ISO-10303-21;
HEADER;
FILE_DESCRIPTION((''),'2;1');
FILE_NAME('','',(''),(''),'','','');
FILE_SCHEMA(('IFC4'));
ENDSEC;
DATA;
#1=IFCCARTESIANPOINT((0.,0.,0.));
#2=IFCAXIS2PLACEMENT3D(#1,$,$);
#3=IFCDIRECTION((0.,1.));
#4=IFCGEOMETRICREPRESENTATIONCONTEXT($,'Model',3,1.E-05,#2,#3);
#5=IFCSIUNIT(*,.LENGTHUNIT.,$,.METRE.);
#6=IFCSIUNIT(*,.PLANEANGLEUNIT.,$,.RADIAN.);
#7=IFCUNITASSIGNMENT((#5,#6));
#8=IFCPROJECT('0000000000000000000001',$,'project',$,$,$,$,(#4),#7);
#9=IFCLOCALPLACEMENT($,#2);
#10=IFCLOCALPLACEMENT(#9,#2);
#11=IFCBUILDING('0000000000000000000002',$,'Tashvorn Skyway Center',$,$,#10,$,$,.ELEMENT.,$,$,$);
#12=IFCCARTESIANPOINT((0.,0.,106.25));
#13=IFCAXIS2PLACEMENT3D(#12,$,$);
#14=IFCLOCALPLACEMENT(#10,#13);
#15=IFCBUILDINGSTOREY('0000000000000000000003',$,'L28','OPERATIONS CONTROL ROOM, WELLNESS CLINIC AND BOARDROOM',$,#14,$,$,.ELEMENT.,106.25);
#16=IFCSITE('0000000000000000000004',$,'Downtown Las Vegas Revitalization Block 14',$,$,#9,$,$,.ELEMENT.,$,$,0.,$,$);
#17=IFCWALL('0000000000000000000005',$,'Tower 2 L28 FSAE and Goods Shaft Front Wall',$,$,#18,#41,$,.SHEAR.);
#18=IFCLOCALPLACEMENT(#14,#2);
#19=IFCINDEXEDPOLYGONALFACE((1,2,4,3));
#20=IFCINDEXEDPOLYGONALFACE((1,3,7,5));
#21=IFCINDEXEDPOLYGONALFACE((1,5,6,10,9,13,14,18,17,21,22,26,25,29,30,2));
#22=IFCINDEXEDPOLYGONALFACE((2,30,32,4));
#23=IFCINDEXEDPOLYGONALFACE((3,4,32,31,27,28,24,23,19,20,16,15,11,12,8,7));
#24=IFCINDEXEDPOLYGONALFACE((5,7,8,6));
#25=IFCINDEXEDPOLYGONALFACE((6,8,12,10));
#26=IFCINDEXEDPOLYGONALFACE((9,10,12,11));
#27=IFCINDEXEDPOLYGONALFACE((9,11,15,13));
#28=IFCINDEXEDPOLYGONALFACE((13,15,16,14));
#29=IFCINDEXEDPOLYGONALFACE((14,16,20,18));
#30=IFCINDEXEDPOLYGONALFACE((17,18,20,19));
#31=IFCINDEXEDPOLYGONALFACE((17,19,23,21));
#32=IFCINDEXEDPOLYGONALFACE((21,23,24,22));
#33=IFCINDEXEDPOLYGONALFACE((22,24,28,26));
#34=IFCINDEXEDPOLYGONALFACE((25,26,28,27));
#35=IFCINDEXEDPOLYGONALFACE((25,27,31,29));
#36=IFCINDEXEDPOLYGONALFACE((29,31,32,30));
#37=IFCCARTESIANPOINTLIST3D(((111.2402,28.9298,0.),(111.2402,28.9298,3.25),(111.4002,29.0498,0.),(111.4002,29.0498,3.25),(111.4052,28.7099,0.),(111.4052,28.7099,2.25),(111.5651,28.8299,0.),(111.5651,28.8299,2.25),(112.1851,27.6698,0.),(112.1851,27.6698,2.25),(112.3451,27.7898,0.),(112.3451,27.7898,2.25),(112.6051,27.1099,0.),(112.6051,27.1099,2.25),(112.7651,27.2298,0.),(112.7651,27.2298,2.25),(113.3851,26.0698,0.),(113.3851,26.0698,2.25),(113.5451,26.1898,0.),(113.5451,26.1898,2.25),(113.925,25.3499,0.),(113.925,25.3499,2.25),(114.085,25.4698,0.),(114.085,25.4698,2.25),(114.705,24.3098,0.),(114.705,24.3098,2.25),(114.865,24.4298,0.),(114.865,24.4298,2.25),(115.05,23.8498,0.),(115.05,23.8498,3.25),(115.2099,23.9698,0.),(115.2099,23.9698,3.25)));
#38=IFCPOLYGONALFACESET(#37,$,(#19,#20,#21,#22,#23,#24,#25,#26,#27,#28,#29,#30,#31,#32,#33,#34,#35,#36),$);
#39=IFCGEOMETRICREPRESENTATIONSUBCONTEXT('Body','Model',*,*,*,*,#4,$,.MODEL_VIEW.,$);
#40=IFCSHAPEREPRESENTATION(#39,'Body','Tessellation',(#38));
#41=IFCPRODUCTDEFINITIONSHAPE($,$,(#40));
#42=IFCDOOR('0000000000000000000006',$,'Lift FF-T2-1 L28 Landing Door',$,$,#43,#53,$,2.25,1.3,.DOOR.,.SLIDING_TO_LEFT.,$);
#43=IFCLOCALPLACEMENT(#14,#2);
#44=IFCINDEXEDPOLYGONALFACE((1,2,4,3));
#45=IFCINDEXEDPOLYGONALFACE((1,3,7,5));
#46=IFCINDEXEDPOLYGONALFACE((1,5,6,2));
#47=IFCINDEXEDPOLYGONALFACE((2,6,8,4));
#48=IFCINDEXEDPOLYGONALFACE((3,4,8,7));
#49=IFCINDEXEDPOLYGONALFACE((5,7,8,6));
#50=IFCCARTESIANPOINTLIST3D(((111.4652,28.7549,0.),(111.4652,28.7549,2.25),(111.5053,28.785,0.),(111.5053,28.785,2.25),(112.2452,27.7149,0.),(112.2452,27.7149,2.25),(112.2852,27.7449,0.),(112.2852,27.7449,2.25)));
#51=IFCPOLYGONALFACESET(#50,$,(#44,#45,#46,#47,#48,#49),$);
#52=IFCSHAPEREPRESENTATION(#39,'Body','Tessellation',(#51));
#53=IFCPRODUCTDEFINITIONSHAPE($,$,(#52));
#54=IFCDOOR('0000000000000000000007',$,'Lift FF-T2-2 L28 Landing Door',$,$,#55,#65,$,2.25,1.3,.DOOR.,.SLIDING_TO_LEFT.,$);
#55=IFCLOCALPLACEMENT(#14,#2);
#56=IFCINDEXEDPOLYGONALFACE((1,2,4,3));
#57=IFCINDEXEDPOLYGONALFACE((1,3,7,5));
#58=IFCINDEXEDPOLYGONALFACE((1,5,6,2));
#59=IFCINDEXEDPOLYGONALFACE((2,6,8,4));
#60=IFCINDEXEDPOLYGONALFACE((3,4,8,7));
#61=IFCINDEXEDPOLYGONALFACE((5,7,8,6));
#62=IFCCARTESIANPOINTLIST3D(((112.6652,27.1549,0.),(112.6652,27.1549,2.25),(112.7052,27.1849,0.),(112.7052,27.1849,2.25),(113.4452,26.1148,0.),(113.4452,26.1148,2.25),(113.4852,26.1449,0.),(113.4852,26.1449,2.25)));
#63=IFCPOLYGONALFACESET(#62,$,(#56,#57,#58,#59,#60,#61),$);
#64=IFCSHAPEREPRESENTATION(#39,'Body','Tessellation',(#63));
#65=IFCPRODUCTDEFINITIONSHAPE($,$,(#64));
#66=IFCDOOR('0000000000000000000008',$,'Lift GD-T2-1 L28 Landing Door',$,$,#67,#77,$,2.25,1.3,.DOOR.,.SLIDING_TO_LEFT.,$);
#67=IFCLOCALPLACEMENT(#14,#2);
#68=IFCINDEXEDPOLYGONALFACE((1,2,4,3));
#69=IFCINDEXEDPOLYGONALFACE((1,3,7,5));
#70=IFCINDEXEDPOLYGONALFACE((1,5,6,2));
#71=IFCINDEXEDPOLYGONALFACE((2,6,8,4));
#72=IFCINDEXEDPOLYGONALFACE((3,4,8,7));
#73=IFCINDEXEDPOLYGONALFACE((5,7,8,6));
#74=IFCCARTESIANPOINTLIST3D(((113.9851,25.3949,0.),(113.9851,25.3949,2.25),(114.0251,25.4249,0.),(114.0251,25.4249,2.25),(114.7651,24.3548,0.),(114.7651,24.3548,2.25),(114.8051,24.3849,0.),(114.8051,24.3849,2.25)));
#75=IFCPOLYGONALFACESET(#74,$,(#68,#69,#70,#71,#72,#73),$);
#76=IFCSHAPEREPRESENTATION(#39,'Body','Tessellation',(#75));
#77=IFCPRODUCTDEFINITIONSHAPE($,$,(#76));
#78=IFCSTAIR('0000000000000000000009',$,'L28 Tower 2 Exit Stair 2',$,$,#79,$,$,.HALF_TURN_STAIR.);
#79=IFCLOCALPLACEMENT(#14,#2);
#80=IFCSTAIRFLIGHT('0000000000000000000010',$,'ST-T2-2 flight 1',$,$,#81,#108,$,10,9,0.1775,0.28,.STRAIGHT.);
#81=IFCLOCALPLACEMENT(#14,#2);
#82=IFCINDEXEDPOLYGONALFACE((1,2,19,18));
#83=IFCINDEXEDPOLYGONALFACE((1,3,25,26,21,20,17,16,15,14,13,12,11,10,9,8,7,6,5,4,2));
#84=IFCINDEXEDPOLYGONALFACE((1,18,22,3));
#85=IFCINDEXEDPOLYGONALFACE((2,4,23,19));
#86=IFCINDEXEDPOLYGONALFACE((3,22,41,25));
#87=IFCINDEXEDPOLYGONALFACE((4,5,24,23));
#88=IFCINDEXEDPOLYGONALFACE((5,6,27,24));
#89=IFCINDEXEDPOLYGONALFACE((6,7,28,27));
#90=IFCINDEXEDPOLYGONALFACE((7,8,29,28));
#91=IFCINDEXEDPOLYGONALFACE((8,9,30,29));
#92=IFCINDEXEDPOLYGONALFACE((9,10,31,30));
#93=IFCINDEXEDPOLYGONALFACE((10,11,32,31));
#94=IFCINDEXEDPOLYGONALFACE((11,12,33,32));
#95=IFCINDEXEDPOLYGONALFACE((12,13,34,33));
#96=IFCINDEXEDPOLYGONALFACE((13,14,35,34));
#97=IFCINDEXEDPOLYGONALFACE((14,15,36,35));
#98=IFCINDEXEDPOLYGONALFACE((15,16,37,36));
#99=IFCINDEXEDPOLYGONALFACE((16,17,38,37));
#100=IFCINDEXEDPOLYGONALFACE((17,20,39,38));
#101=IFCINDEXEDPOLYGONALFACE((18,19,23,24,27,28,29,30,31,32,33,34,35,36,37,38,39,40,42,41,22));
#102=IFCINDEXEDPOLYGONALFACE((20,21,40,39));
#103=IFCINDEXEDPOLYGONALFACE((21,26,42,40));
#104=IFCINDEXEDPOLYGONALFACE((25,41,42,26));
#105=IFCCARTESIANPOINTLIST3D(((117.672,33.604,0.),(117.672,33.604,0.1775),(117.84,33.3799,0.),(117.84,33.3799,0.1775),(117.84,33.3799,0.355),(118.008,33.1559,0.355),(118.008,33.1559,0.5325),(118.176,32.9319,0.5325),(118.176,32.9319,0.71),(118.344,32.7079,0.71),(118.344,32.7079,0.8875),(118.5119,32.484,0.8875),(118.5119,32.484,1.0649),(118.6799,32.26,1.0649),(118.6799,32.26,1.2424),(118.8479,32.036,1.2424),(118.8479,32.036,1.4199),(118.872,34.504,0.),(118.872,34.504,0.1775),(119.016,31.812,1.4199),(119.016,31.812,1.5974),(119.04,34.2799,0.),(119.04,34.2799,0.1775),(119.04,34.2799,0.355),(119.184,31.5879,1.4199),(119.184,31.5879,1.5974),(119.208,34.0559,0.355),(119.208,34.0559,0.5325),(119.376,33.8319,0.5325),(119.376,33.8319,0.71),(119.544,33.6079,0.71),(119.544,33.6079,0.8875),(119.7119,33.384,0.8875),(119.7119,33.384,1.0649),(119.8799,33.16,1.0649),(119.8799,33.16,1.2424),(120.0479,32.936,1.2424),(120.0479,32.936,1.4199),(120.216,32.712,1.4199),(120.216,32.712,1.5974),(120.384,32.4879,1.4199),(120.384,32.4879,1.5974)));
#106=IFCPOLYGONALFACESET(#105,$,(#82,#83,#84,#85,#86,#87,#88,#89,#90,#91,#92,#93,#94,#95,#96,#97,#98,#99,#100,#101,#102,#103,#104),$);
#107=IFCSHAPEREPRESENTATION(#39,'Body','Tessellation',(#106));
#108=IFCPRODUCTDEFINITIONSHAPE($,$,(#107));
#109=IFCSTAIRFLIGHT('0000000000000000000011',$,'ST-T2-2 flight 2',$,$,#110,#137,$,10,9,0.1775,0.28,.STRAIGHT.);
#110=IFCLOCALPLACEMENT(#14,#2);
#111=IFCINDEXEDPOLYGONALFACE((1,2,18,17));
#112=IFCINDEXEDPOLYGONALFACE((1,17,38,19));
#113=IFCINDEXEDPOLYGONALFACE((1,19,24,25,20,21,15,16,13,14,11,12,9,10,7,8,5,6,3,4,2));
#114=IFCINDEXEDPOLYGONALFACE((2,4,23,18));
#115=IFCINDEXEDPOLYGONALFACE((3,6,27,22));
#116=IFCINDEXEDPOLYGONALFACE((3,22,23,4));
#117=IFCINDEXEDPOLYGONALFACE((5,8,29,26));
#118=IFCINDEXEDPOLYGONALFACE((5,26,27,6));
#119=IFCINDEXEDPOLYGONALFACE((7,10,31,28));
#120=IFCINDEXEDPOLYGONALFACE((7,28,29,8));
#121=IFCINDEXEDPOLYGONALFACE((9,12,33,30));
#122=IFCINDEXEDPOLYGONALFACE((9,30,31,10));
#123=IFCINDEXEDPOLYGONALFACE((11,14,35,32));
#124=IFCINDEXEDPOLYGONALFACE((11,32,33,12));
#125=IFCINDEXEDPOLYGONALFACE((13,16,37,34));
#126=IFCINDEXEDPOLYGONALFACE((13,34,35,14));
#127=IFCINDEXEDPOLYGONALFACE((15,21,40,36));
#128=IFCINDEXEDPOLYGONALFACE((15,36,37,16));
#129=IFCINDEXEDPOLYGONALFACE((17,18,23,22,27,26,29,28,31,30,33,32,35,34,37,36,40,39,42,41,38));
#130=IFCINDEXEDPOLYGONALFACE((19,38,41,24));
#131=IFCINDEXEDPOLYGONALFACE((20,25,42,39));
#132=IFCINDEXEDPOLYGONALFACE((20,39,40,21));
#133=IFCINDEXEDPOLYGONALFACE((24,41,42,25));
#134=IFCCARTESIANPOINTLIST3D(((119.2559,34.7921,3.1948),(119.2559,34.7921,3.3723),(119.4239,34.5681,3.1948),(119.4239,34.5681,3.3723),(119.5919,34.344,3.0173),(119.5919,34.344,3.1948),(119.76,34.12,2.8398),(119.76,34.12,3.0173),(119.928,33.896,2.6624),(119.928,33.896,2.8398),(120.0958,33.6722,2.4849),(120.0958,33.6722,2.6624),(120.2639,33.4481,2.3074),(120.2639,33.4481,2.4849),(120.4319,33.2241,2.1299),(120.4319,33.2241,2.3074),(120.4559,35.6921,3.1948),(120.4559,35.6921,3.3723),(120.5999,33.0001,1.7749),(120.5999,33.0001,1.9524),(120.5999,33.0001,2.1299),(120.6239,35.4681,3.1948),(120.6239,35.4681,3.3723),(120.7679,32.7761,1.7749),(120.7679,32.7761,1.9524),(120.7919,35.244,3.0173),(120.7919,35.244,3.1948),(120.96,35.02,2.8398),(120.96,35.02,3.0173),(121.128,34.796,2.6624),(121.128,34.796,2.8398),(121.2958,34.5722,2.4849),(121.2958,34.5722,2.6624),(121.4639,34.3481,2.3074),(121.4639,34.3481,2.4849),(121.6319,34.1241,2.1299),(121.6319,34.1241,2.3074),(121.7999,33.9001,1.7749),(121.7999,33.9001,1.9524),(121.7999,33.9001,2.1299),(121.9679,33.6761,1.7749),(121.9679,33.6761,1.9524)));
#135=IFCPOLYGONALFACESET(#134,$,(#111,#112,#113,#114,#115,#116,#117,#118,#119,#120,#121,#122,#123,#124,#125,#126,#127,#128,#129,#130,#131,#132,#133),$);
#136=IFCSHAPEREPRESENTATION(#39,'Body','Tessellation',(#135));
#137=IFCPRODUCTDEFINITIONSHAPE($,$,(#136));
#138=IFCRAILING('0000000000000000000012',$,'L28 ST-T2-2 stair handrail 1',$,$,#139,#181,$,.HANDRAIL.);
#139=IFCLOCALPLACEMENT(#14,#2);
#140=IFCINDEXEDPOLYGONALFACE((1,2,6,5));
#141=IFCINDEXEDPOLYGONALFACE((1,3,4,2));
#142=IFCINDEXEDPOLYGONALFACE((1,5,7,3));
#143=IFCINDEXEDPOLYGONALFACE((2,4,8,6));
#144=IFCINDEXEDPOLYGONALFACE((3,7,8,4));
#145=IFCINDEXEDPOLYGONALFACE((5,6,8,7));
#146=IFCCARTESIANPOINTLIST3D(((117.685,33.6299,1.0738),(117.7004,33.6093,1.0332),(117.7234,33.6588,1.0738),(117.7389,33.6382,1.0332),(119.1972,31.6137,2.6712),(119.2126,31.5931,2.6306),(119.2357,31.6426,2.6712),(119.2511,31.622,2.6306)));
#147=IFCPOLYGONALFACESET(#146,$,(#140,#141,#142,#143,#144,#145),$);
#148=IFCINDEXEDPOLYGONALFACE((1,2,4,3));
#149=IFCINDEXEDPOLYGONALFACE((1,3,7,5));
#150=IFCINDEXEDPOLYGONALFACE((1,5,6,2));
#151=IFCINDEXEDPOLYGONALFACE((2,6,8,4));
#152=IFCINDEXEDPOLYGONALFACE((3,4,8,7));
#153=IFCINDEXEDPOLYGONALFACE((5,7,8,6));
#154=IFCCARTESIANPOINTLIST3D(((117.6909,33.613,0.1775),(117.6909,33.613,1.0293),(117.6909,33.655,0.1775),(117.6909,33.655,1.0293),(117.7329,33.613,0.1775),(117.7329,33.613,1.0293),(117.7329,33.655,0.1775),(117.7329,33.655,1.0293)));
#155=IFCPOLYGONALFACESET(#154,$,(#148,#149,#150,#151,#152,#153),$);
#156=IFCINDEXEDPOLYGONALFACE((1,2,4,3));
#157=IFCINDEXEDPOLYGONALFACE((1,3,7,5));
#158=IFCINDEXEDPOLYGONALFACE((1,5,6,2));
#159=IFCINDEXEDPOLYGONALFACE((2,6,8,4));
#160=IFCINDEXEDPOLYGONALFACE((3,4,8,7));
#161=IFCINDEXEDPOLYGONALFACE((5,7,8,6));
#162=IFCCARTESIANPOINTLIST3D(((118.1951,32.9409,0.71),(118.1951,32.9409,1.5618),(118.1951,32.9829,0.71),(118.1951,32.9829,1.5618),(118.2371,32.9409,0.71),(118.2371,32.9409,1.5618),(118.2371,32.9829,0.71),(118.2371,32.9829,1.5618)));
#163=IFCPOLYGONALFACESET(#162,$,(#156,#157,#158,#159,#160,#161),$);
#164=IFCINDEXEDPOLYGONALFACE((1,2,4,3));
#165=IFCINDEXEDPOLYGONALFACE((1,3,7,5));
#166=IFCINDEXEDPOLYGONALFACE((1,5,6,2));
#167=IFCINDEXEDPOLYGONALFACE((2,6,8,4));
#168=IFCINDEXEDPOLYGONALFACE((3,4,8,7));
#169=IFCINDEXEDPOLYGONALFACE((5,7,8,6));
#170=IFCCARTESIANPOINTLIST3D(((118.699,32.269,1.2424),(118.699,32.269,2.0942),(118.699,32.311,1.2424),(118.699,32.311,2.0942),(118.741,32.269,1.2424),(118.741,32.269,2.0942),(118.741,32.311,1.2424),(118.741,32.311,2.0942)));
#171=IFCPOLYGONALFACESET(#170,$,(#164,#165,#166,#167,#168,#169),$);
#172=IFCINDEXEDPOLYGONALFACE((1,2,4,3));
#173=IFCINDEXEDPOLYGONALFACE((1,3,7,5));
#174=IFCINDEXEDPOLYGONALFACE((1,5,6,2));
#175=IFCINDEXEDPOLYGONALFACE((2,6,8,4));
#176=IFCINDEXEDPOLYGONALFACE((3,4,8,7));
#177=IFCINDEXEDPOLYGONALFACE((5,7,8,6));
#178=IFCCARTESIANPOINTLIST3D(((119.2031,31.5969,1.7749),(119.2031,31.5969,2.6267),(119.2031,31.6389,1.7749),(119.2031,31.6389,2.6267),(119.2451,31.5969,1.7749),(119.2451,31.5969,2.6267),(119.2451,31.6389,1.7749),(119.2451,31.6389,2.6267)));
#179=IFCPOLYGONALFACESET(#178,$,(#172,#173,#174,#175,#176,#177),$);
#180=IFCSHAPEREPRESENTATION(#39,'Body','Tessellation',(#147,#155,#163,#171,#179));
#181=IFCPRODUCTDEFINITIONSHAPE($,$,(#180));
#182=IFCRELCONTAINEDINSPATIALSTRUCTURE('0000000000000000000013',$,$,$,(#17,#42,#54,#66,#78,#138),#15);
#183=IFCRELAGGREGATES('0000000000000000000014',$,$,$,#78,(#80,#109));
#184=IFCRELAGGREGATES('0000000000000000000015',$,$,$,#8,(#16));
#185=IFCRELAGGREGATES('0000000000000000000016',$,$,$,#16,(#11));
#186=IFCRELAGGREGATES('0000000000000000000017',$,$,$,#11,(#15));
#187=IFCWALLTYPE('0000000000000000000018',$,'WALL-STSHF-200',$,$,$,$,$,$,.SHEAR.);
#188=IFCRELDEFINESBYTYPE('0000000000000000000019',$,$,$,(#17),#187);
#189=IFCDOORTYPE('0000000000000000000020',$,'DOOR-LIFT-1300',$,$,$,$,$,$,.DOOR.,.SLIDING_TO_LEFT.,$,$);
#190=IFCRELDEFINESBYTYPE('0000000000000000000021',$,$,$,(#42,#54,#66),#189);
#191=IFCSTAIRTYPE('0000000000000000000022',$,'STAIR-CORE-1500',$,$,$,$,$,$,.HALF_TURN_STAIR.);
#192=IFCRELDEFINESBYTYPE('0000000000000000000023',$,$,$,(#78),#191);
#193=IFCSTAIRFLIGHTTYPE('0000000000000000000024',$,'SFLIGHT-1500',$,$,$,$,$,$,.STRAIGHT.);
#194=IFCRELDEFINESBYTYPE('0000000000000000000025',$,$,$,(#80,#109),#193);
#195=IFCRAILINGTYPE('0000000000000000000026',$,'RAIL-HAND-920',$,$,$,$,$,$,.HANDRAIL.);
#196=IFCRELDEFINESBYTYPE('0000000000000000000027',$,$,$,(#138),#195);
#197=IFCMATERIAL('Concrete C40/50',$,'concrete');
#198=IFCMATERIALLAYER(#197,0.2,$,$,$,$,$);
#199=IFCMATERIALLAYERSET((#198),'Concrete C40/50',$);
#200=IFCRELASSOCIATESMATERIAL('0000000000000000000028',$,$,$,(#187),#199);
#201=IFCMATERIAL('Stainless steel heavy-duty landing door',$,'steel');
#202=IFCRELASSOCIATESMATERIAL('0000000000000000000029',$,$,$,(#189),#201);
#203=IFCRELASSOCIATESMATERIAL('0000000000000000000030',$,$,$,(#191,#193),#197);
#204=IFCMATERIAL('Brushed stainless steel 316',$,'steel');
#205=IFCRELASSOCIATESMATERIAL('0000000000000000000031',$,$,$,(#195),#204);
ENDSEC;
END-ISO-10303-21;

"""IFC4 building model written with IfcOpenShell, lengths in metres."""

from ifc_helpers import new_model, si_unit, direction, frame, frame_2d, origin, origin_2d, place, context, subcontext, project, spatial, polyline, rectangle, outline, extrude, material, layer, layer_set, type_object, element, fill, aggregate, save


model = new_model("IFC4")

# Units and contexts
model_context = context("Model", 3, precision=1e-05, world=origin(), true_north=direction((0.0, 1.0)))
body_context = subcontext(model_context, "Body", "Model", "MODEL_VIEW")
ifc_project = project(units=[si_unit("LENGTHUNIT", "METRE"), si_unit("PLANEANGLEUNIT", "RADIAN")], contexts=[model_context])

# Site, building, storey
site_placement = place(None, origin())
site = spatial("IfcSite", under=ifc_project, at=site_placement, Name="Downtown Las Vegas Revitalization Block 14", CompositionType="ELEMENT", RefElevation=0.0)
building_placement = place(site_placement, origin())
building = spatial("IfcBuilding", under=site, at=building_placement, Name="Tashvorn Skyway Center", CompositionType="ELEMENT")
storey_placement = place(building_placement, frame((0.0, 0.0, 106.25)))
storey = spatial("IfcBuildingStorey", under=building, at=storey_placement, Name="L28", Description="OPERATIONS CONTROL ROOM, WELLNESS CLINIC AND BOARDROOM", CompositionType="ELEMENT", Elevation=106.25)

# Shared definitions
ifc_material_1 = material(Name="Concrete C40/50", Category="concrete")

# Shared definitions
ifc_layer_1 = layer(ifc_material_1, 0.2)
ifc_layer_set_1 = layer_set([ifc_layer_1], Name="Concrete C40/50")
wall_type_1 = type_object("IfcWallType", Name="WALL-STSHF-200", PredefinedType="SHEAR", material=ifc_layer_set_1)

# Wall, openings, doors
wall_1_placement = place(storey_placement, frame((115.1299, 23.9099, 0.0), z_axis=(0.0, 0.0, 1.0), x_axis=(-0.599975, 0.800018, 0.0)))
wall_1 = element("IfcWall", 1, at=wall_1_placement, inside=storey, type_object=wall_type_1, Name="Tower 2 L28 FSAE and Goods Shaft Front Wall", PredefinedType="SHEAR", context=body_context, shape_type="SweptSolid", body=[
    extrude(rectangle(XDim=6.3499, YDim=0.2, at=frame_2d((3.1748, 0.0))), origin(), (0.0, 0.0, 1.0), 3.25),
])
opening_1_placement = place(wall_1_placement, frame((4.7749, 0.0, 0.0)))
opening_1 = element("IfcOpeningElement", 2, at=opening_1_placement, cuts=wall_1, PredefinedType="OPENING", context=body_context, shape_type="SweptSolid", body=[
    extrude(rectangle(XDim=1.3, YDim=2.25, at=frame_2d((0.6499, 1.125))), frame((0.0, 0.1099, 0.0), z_axis=(0.0, -1.0, 0.0), x_axis=(1.0, 0.0, 0.0)), (0.0, 0.0, 1.0), 0.22),
])
opening_2_placement = place(wall_1_placement, frame((2.7749, 0.0, 0.0)))
opening_2 = element("IfcOpeningElement", 3, at=opening_2_placement, cuts=wall_1, PredefinedType="OPENING", context=body_context, shape_type="SweptSolid", body=[
    extrude(rectangle(XDim=1.3, YDim=2.25, at=frame_2d((0.6499, 1.125))), frame((0.0, 0.1099, 0.0), z_axis=(0.0, -1.0, 0.0), x_axis=(1.0, 0.0, 0.0)), (0.0, 0.0, 1.0), 0.22),
])
opening_3_placement = place(wall_1_placement, frame((0.575, 0.0, 0.0)))
opening_3 = element("IfcOpeningElement", 4, at=opening_3_placement, cuts=wall_1, PredefinedType="OPENING", context=body_context, shape_type="SweptSolid", body=[
    extrude(rectangle(XDim=1.3, YDim=2.25, at=frame_2d((0.6499, 1.125))), frame((0.0, 0.1099, 0.0), z_axis=(0.0, -1.0, 0.0), x_axis=(1.0, 0.0, 0.0)), (0.0, 0.0, 1.0), 0.22),
])
ifc_material_2 = material(Name="Stainless steel heavy-duty landing door", Category="steel")
door_type_1 = type_object("IfcDoorType", Name="DOOR-LIFT-1300", OperationType="SLIDING_TO_LEFT", PredefinedType="DOOR", material=ifc_material_2)
door_1_placement = place(opening_1_placement, origin())
door_1 = element("IfcDoor", 5, at=door_1_placement, inside=storey, type_object=door_type_1, Name="Lift FF-T2-1 L28 Landing Door", OperationType="SLIDING_TO_LEFT", OverallHeight=2.25, OverallWidth=1.3, PredefinedType="DOOR", context=body_context, shape_type="SweptSolid", body=[
    extrude(rectangle(XDim=1.3, YDim=2.25, at=frame_2d((0.6499, 1.125))), frame((0.0, 0.0249, 0.0), z_axis=(0.0, -1.0, 0.0), x_axis=(1.0, 0.0, 0.0)), (0.0, 0.0, 1.0), 0.05),
])
fill(opening_1, door_1)
door_2_placement = place(opening_2_placement, origin())
door_2 = element("IfcDoor", 6, at=door_2_placement, inside=storey, type_object=door_type_1, Name="Lift FF-T2-2 L28 Landing Door", OperationType="SLIDING_TO_LEFT", OverallHeight=2.25, OverallWidth=1.3, PredefinedType="DOOR", context=body_context, shape_type="SweptSolid", body=[
    extrude(rectangle(XDim=1.3, YDim=2.25, at=frame_2d((0.6499, 1.125))), frame((0.0, 0.0249, 0.0), z_axis=(0.0, -1.0, 0.0), x_axis=(1.0, 0.0, 0.0)), (0.0, 0.0, 1.0), 0.05),
])
fill(opening_2, door_2)
door_3_placement = place(opening_3_placement, origin())
door_3 = element("IfcDoor", 7, at=door_3_placement, inside=storey, type_object=door_type_1, Name="Lift GD-T2-1 L28 Landing Door", OperationType="SLIDING_TO_LEFT", OverallHeight=2.25, OverallWidth=1.3, PredefinedType="DOOR", context=body_context, shape_type="SweptSolid", body=[
    extrude(rectangle(XDim=1.3, YDim=2.25, at=frame_2d((0.6499, 1.125))), frame((0.0, 0.0249, 0.0), z_axis=(0.0, -1.0, 0.0), x_axis=(1.0, 0.0, 0.0)), (0.0, 0.0, 1.0), 0.05),
])
fill(opening_3, door_3)

# Stair, stair flights
stair_type = type_object("IfcStairType", Name="STAIR-CORE-1500", PredefinedType="HALF_TURN_STAIR", material=ifc_material_1)
stair_placement = place(storey_placement, origin())
stair = element("IfcStair", 8, at=stair_placement, inside=storey, type_object=stair_type, Name="L28 Tower 2 Exit Stair 2", PredefinedType="HALF_TURN_STAIR")
stair_flight_type = type_object("IfcStairFlightType", Name="SFLIGHT-1500", PredefinedType="STRAIGHT", material=ifc_material_1)
stair_flight_1_placement = place(storey_placement, frame((118.272, 34.054, 0.0), z_axis=(0.0, 0.0, 1.0), x_axis=(0.6, -0.8, 0.0)))
stair_flight_1 = element("IfcStairFlight", 9, at=stair_flight_1_placement, type_object=stair_flight_type, Name="ST-T2-2 flight 1", NumberOfRisers=10, NumberOfTreads=9, PredefinedType="STRAIGHT", RiserHeight=0.1775, TreadLength=0.28, context=body_context, shape_type="SweptSolid", body=[
    extrude(outline(polyline([(0.0, 0.0), (0.0, 0.1775), (0.28, 0.1775), (0.28, 0.355), (0.5601, 0.355), (0.5601, 0.5325), (0.8401, 0.5325), (0.8401, 0.71), (1.1201, 0.71), (1.1201, 0.8875), (1.3999, 0.8875), (1.3999, 1.0649), (1.6799, 1.0649), (1.6799, 1.2424), (1.96, 1.2424), (1.96, 1.4199), (2.24, 1.4199), (2.24, 1.5974), (2.52, 1.5974), (2.52, 1.7749), (2.52, 1.4199), (0.28, 0.0), (0.0, 0.0)])), frame((0.0, 0.75, 0.0), z_axis=(0.0, -1.0, 0.0), x_axis=(1.0, 0.0, 0.0)), (0.0, 0.0, 1.0), 1.5),
])
stair_flight_2_placement = place(storey_placement, frame((121.3679, 33.2261, 1.7749), z_axis=(0.0, 0.0, 1.0), x_axis=(-0.6, 0.8, 0.0)))
stair_flight_2 = element("IfcStairFlight", 10, at=stair_flight_2_placement, type_object=stair_flight_type, Name="ST-T2-2 flight 2", NumberOfRisers=10, NumberOfTreads=9, PredefinedType="STRAIGHT", RiserHeight=0.1775, TreadLength=0.28, context=body_context, shape_type="SweptSolid", body=[
    extrude(outline(polyline([(0.0, 0.0), (0.0, 0.1775), (0.28, 0.1775), (0.28, 0.355), (0.5601, 0.355), (0.5601, 0.5325), (0.8401, 0.5325), (0.8401, 0.71), (1.1201, 0.71), (1.1201, 0.8875), (1.3999, 0.8875), (1.3999, 1.0649), (1.6799, 1.0649), (1.6799, 1.2424), (1.96, 1.2424), (1.96, 1.4199), (2.24, 1.4199), (2.24, 1.5974), (2.52, 1.5974), (2.52, 1.7749), (2.52, 1.4199), (0.28, 0.0), (0.0, 0.0)])), frame((0.0, 0.75, 0.0), z_axis=(0.0, -1.0, 0.0), x_axis=(1.0, 0.0, 0.0)), (0.0, 0.0, 1.0), 1.5),
])
aggregate(stair, [stair_flight_1, stair_flight_2])

# Railing
ifc_material_3 = material(Name="Brushed stainless steel 316", Category="steel")
railing_type_1 = type_object("IfcRailingType", Name="RAIL-HAND-920", PredefinedType="HANDRAIL", material=ifc_material_3)
railing_1_placement = place(storey_placement, frame((117.7119, 33.634, 0.1775)))
element("IfcRailing", 11, at=railing_1_placement, inside=storey, type_object=railing_type_1, Name="L28 ST-T2-2 stair handrail 1", PredefinedType="HANDRAIL", context=body_context, shape_type="SweptSolid", body=[
    extrude(rectangle(XDim=0.0481, YDim=0.0481, at=origin_2d()), frame((0.0, 0.0, 0.876), z_axis=(0.506802, -0.675681, 0.535357), x_axis=(0.799977, 0.600031, 0.0)), (0.0, 0.0, 1.0), 2.9839),
    extrude(rectangle(XDim=0.042, YDim=0.042, at=origin_2d()), origin(), (0.0, 0.0, 1.0), 0.8518),
    extrude(rectangle(XDim=0.042, YDim=0.042, at=origin_2d()), frame((0.5042, -0.6721, 0.5325)), (0.0, 0.0, 1.0), 0.8518),
    extrude(rectangle(XDim=0.042, YDim=0.042, at=origin_2d()), frame((1.0081, -1.344, 1.0649)), (0.0, 0.0, 1.0), 0.8518),
    extrude(rectangle(XDim=0.042, YDim=0.042, at=origin_2d()), frame((1.5122, -2.0161, 1.5974)), (0.0, 0.0, 1.0), 0.8518),
])

save(model, "model.ifc")
